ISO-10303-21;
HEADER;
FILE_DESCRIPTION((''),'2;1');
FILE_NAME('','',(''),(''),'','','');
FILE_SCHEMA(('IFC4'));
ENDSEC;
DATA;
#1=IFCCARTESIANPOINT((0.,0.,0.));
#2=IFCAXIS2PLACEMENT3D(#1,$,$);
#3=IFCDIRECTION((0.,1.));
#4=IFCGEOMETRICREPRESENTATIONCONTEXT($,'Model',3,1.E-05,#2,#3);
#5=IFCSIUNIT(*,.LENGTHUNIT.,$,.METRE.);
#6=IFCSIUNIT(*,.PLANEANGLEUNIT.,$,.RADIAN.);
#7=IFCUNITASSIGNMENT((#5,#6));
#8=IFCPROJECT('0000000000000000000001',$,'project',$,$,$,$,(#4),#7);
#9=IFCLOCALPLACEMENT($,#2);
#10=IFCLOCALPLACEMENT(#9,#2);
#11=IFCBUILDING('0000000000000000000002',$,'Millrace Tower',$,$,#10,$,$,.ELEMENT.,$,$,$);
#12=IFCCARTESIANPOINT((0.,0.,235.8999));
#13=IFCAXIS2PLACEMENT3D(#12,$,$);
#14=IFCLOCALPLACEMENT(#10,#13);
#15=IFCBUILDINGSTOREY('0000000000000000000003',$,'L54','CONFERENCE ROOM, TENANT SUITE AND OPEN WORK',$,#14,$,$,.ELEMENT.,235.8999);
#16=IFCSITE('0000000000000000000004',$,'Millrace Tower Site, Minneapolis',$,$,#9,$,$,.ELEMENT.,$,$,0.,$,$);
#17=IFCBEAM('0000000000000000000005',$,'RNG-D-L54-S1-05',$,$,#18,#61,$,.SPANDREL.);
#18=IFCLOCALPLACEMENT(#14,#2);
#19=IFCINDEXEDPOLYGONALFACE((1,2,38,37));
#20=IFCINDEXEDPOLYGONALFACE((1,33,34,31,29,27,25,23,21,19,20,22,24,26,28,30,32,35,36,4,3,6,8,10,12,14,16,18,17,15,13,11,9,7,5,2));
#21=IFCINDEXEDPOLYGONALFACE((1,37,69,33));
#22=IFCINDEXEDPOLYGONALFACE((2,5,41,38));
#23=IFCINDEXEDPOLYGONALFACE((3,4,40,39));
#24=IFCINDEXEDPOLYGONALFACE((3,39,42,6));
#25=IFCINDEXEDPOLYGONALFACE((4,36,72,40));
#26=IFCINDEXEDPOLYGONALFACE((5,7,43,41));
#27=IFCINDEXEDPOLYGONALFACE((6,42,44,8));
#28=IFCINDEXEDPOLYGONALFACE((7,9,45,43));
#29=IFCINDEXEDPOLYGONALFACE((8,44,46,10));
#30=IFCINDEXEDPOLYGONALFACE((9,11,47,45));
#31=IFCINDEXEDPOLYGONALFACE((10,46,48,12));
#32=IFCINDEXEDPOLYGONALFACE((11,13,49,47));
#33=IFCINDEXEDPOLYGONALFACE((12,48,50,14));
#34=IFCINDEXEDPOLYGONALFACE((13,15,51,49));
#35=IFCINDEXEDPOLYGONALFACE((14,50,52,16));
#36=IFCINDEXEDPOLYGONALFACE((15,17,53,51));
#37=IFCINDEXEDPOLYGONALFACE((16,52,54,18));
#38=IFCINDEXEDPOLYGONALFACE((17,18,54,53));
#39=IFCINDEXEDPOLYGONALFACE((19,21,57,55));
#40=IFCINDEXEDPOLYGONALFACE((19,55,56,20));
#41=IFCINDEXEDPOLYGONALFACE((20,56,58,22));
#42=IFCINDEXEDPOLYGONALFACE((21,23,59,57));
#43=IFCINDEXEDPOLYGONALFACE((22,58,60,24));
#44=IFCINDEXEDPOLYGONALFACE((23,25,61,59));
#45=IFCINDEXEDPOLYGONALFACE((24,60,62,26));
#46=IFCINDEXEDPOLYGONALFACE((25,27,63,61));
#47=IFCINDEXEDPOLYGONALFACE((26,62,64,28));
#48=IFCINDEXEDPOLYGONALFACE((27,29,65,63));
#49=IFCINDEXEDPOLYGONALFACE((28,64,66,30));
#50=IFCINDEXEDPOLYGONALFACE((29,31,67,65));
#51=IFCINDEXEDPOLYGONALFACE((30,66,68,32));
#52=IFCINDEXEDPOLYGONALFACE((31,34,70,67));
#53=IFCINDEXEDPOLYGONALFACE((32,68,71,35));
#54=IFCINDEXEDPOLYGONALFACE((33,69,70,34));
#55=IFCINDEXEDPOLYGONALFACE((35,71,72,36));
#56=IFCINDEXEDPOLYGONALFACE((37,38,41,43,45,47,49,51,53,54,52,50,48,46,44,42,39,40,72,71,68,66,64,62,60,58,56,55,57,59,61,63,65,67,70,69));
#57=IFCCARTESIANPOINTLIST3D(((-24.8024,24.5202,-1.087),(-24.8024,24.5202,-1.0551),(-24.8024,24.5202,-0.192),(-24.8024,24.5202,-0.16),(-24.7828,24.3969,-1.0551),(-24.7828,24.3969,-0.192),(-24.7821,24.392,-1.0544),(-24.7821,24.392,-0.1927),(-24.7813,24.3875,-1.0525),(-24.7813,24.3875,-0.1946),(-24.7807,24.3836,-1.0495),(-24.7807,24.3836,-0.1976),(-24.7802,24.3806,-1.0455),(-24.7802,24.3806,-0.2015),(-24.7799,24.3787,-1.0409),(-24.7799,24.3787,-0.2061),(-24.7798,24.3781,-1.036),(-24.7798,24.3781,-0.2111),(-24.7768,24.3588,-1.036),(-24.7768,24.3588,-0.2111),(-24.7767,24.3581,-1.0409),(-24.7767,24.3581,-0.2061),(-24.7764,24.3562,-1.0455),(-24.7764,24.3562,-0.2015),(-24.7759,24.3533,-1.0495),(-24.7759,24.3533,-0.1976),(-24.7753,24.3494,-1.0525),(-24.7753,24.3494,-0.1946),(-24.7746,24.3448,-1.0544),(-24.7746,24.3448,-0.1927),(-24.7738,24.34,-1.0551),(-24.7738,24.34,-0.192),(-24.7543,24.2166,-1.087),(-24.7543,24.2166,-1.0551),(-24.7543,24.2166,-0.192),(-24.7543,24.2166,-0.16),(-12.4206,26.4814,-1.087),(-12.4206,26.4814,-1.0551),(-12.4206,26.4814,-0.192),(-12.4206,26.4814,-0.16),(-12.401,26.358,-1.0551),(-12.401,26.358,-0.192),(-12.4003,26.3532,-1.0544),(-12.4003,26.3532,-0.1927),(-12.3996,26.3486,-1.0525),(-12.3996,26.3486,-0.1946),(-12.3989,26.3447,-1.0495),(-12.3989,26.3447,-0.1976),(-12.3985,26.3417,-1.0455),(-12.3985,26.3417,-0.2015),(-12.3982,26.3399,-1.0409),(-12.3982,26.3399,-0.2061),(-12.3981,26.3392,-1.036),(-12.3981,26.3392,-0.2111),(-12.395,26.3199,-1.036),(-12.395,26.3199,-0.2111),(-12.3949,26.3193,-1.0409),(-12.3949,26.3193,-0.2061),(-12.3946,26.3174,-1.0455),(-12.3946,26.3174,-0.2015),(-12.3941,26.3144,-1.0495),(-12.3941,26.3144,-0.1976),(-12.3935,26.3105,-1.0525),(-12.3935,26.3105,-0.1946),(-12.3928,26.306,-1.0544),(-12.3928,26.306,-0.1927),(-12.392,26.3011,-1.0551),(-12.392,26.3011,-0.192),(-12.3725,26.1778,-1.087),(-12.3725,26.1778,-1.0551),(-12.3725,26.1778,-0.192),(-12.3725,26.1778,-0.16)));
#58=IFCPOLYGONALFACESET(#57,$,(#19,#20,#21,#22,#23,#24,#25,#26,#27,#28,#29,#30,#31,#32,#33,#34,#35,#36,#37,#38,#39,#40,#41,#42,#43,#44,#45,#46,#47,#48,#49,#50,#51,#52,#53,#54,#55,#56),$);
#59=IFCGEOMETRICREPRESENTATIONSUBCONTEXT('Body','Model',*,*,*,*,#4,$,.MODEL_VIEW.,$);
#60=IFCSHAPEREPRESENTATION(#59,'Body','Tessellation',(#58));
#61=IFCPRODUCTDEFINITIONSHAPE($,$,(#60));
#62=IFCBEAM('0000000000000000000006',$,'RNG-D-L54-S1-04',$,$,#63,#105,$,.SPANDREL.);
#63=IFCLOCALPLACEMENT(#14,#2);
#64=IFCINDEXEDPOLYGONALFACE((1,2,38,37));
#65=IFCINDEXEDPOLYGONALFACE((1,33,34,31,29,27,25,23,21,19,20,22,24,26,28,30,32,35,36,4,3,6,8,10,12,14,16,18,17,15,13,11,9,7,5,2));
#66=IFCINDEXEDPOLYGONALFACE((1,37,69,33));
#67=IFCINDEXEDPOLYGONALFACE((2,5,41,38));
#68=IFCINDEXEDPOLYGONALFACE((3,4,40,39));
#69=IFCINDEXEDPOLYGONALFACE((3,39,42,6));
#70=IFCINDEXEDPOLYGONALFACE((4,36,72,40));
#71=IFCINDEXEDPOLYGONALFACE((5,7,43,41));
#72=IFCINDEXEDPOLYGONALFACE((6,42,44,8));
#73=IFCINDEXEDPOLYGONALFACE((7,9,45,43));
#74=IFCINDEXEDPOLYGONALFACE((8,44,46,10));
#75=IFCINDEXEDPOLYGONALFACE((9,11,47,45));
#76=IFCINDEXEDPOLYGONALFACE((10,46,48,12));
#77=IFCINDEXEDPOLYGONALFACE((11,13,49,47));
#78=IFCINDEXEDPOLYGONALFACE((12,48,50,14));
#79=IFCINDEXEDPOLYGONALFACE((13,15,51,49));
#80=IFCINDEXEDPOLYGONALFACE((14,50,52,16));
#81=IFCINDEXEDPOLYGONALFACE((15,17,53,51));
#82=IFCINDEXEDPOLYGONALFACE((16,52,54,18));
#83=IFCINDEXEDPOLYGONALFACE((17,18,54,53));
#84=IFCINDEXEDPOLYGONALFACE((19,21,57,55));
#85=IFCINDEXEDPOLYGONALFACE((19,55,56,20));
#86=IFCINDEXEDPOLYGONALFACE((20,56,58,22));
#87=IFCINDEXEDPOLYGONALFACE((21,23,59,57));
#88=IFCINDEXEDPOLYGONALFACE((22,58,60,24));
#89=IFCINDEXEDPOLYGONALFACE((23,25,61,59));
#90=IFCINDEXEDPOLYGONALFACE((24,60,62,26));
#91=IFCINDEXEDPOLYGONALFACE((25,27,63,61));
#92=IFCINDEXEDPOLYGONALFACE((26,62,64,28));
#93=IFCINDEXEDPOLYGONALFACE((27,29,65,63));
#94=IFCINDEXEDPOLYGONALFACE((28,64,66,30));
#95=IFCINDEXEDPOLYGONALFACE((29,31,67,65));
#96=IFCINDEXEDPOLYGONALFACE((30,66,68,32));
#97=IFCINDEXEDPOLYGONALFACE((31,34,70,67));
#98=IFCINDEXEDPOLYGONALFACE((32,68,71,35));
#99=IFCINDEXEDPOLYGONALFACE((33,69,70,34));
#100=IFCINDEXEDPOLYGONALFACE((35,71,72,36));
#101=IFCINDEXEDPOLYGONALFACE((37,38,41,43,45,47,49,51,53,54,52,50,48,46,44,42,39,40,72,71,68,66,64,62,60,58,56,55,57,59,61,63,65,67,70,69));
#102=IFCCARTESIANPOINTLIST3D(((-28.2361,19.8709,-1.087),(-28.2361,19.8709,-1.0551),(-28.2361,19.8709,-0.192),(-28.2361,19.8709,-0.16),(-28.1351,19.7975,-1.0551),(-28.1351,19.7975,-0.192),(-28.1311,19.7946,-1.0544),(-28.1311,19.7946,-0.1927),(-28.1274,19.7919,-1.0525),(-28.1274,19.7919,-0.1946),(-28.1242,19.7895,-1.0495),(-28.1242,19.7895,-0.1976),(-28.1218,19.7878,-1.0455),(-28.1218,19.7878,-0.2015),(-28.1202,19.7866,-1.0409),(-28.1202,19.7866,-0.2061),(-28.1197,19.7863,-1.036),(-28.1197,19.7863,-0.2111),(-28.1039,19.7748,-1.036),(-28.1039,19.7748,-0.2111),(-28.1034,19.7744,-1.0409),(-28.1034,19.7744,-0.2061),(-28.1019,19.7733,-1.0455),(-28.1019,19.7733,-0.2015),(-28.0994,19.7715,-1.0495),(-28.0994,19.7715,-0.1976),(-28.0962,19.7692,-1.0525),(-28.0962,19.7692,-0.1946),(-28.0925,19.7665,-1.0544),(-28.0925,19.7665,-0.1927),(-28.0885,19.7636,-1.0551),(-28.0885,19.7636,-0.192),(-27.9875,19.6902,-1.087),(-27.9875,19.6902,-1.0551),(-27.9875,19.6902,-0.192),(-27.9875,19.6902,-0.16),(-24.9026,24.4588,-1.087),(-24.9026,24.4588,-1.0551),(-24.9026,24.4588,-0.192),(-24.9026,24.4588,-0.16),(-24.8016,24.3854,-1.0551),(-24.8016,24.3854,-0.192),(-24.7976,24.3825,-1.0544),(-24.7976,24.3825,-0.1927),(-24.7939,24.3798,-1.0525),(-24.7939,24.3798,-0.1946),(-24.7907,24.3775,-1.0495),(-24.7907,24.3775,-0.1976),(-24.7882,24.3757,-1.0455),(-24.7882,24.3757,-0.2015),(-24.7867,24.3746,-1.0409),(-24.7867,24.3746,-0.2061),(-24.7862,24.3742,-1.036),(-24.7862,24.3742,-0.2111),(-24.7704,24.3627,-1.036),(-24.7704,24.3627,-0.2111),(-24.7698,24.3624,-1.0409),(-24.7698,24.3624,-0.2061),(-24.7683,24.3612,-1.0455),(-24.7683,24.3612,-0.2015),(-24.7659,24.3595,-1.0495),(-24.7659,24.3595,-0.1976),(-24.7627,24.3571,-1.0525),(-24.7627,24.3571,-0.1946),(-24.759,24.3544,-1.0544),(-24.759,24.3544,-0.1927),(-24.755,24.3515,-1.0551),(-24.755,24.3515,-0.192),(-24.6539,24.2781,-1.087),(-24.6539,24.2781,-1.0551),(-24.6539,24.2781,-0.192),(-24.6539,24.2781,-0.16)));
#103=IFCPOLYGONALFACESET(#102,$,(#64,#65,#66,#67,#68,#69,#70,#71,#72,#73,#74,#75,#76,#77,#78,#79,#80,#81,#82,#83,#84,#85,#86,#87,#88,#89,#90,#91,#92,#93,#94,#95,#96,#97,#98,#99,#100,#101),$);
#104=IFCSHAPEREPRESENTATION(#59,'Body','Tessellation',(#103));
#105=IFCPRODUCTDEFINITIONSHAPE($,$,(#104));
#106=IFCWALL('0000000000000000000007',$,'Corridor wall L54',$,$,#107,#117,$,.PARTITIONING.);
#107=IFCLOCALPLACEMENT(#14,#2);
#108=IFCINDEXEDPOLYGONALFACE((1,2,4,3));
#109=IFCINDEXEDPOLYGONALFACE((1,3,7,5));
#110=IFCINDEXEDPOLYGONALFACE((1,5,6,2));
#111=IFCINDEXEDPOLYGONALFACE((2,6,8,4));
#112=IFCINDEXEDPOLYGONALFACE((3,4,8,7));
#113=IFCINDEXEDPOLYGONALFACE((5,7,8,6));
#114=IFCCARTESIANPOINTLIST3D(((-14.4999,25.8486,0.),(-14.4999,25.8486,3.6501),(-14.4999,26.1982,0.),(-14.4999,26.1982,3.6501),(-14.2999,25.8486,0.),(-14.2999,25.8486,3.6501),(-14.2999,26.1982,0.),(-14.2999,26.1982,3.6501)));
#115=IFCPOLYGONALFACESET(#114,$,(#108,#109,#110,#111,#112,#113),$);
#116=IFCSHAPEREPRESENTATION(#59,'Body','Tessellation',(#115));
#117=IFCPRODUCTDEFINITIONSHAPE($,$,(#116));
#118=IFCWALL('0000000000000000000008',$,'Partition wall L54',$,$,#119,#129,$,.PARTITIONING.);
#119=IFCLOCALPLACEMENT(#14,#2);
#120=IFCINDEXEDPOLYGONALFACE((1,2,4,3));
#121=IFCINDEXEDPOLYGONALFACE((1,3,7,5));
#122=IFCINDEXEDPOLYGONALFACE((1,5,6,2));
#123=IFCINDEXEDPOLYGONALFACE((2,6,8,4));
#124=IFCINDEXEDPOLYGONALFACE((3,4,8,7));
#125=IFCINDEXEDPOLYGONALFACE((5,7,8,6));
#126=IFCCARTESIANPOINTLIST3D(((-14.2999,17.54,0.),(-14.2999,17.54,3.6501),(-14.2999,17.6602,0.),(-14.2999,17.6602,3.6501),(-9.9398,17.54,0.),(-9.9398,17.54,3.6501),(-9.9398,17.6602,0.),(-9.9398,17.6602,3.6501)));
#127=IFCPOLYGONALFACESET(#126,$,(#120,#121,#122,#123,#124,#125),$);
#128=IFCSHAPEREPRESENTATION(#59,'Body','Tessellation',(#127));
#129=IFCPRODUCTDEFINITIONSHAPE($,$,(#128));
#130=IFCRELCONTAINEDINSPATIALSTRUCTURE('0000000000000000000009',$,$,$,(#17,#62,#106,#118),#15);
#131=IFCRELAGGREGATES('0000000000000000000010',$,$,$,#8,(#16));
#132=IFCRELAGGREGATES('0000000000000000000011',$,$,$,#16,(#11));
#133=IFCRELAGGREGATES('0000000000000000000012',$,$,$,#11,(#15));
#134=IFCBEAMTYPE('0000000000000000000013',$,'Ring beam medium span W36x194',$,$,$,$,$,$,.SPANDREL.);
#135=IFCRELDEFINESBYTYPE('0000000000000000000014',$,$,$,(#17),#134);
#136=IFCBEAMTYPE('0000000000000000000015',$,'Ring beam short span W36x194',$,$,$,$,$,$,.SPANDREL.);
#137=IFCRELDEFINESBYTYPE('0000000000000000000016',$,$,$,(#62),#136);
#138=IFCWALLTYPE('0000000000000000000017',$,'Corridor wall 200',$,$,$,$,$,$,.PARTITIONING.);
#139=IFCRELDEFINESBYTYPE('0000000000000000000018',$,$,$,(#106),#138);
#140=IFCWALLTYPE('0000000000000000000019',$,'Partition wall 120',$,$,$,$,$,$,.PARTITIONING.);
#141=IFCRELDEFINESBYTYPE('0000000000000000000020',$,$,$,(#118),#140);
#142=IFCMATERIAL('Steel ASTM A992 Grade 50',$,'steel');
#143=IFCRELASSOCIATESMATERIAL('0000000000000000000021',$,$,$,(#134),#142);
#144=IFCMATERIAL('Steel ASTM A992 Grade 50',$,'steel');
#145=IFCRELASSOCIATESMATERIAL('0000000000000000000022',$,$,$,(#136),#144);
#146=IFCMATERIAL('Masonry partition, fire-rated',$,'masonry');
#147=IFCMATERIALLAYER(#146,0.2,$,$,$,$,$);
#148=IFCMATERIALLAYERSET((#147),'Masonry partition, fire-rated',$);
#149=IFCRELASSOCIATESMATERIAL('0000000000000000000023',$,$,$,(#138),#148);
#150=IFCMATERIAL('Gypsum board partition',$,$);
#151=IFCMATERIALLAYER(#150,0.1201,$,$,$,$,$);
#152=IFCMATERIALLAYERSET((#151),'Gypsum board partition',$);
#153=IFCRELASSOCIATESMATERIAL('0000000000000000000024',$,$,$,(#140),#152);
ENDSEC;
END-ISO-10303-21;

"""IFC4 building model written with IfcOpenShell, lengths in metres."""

from ifc_helpers import new_model, si_unit, direction, frame, frame_2d, origin, origin_2d, place, context, subcontext, project, spatial, rectangle, i_section, extrude, material, layer, layer_set, material_profile, profile_set, type_object, element, save


model = new_model("IFC4")

# Units and contexts
model_context = context("Model", 3, precision=1e-05, world=origin(), true_north=direction((0.0, 1.0)))
body_context = subcontext(model_context, "Body", "Model", "MODEL_VIEW")
ifc_project = project(units=[si_unit("LENGTHUNIT", "METRE"), si_unit("PLANEANGLEUNIT", "RADIAN")], contexts=[model_context])

# Site, building, storey
site_placement = place(None, origin())
site = spatial("IfcSite", under=ifc_project, at=site_placement, Name="Millrace Tower Site, Minneapolis", CompositionType="ELEMENT", RefElevation=0.0)
building_placement = place(site_placement, origin())
building = spatial("IfcBuilding", under=site, at=building_placement, Name="Millrace Tower", CompositionType="ELEMENT")
storey_placement = place(building_placement, frame((0.0, 0.0, 235.8999)))
storey = spatial("IfcBuildingStorey", under=building, at=storey_placement, Name="L54", Description="CONFERENCE ROOM, TENANT SUITE AND OPEN WORK", CompositionType="ELEMENT", Elevation=235.8999)

# Beams
ifc_material_1 = material(Name="Steel ASTM A992 Grade 50", Category="steel")
ifc_material_profile_1 = material_profile(ifc_material_1, i_section(OverallWidth=0.3074, OverallDepth=0.927, WebThickness=0.0195, FlangeThickness=0.032, FilletRadius=0.019, at=origin_2d()))
ifc_profile_set_1 = profile_set([ifc_material_profile_1], Name="Steel ASTM A992 Grade 50")
beam_type_1 = type_object("IfcBeamType", Name="Ring beam medium span W36x194", PredefinedType="SPANDREL", material=ifc_profile_set_1)
beam_1_placement = place(storey_placement, frame((-24.7783, 24.3684, -0.6235), z_axis=(0.987687, 0.156442, 0.0), x_axis=(-0.156442, 0.987687, 0.0)))
element("IfcBeam", 1, at=beam_1_placement, inside=storey, type_object=beam_type_1, Name="RNG-D-L54-S1-05", PredefinedType="SPANDREL", context=body_context, shape_type="SweptSolid", body=[
    extrude(i_section(OverallWidth=0.3074, OverallDepth=0.927, WebThickness=0.0195, FlangeThickness=0.032, FilletRadius=0.019, at=origin_2d()), origin(), (0.0, 0.0, 1.0), 12.5361),
])
ifc_material_2 = material(Name="Steel ASTM A992 Grade 50", Category="steel")
ifc_material_profile_2 = material_profile(ifc_material_2, i_section(OverallWidth=0.3074, OverallDepth=0.927, WebThickness=0.0195, FlangeThickness=0.032, FilletRadius=0.019, at=origin_2d()))
ifc_profile_set_2 = profile_set([ifc_material_profile_2], Name="Steel ASTM A992 Grade 50")
beam_type_2 = type_object("IfcBeamType", Name="Ring beam short span W36x194", PredefinedType="SPANDREL", material=ifc_profile_set_2)
beam_2_placement = place(storey_placement, frame((-28.1118, 19.7805, -0.6235), z_axis=(0.587808, 0.809, 0.0), x_axis=(-0.809, 0.587808, 0.0)))
element("IfcBeam", 2, at=beam_2_placement, inside=storey, type_object=beam_type_2, Name="RNG-D-L54-S1-04", PredefinedType="SPANDREL", context=body_context, shape_type="SweptSolid", body=[
    extrude(i_section(OverallWidth=0.3074, OverallDepth=0.927, WebThickness=0.0195, FlangeThickness=0.032, FilletRadius=0.019, at=origin_2d()), origin(), (0.0, 0.0, 1.0), 5.6711),
])

# Walls
ifc_material_3 = material(Name="Masonry partition, fire-rated", Category="masonry")
ifc_layer_1 = layer(ifc_material_3, 0.2)
ifc_layer_set_1 = layer_set([ifc_layer_1], Name="Masonry partition, fire-rated")
wall_type_1 = type_object("IfcWallType", Name="Corridor wall 200", PredefinedType="PARTITIONING", material=ifc_layer_set_1)
wall_1_placement = place(storey_placement, frame((-14.3999, 25.8486, 0.0), z_axis=(0.0, 0.0, 1.0), x_axis=(0.0, 1.0, 0.0)))
element("IfcWall", 3, at=wall_1_placement, inside=storey, type_object=wall_type_1, Name="Corridor wall L54", PredefinedType="PARTITIONING", context=body_context, shape_type="SweptSolid", body=[
    extrude(rectangle(XDim=0.3496, YDim=0.2, at=frame_2d((0.1748, 0.0))), origin(), (0.0, 0.0, 1.0), 3.6501),
])
ifc_material_4 = material(Name="Gypsum board partition")
ifc_layer_2 = layer(ifc_material_4, 0.1201)
ifc_layer_set_2 = layer_set([ifc_layer_2], Name="Gypsum board partition")
wall_type_2 = type_object("IfcWallType", Name="Partition wall 120", PredefinedType="PARTITIONING", material=ifc_layer_set_2)
wall_2_placement = place(storey_placement, frame((-14.3, 17.6001, 0.0), z_axis=(0.0, 0.0, 1.0), x_axis=(1.0, 0.0, 0.0)))
element("IfcWall", 4, at=wall_2_placement, inside=storey, type_object=wall_type_2, Name="Partition wall L54", PredefinedType="PARTITIONING", context=body_context, shape_type="SweptSolid", body=[
    extrude(rectangle(XDim=4.3601, YDim=0.1201, at=frame_2d((2.1802, 0.0))), origin(), (0.0, 0.0, 1.0), 3.6501),
])

save(model, "model.ifc")
